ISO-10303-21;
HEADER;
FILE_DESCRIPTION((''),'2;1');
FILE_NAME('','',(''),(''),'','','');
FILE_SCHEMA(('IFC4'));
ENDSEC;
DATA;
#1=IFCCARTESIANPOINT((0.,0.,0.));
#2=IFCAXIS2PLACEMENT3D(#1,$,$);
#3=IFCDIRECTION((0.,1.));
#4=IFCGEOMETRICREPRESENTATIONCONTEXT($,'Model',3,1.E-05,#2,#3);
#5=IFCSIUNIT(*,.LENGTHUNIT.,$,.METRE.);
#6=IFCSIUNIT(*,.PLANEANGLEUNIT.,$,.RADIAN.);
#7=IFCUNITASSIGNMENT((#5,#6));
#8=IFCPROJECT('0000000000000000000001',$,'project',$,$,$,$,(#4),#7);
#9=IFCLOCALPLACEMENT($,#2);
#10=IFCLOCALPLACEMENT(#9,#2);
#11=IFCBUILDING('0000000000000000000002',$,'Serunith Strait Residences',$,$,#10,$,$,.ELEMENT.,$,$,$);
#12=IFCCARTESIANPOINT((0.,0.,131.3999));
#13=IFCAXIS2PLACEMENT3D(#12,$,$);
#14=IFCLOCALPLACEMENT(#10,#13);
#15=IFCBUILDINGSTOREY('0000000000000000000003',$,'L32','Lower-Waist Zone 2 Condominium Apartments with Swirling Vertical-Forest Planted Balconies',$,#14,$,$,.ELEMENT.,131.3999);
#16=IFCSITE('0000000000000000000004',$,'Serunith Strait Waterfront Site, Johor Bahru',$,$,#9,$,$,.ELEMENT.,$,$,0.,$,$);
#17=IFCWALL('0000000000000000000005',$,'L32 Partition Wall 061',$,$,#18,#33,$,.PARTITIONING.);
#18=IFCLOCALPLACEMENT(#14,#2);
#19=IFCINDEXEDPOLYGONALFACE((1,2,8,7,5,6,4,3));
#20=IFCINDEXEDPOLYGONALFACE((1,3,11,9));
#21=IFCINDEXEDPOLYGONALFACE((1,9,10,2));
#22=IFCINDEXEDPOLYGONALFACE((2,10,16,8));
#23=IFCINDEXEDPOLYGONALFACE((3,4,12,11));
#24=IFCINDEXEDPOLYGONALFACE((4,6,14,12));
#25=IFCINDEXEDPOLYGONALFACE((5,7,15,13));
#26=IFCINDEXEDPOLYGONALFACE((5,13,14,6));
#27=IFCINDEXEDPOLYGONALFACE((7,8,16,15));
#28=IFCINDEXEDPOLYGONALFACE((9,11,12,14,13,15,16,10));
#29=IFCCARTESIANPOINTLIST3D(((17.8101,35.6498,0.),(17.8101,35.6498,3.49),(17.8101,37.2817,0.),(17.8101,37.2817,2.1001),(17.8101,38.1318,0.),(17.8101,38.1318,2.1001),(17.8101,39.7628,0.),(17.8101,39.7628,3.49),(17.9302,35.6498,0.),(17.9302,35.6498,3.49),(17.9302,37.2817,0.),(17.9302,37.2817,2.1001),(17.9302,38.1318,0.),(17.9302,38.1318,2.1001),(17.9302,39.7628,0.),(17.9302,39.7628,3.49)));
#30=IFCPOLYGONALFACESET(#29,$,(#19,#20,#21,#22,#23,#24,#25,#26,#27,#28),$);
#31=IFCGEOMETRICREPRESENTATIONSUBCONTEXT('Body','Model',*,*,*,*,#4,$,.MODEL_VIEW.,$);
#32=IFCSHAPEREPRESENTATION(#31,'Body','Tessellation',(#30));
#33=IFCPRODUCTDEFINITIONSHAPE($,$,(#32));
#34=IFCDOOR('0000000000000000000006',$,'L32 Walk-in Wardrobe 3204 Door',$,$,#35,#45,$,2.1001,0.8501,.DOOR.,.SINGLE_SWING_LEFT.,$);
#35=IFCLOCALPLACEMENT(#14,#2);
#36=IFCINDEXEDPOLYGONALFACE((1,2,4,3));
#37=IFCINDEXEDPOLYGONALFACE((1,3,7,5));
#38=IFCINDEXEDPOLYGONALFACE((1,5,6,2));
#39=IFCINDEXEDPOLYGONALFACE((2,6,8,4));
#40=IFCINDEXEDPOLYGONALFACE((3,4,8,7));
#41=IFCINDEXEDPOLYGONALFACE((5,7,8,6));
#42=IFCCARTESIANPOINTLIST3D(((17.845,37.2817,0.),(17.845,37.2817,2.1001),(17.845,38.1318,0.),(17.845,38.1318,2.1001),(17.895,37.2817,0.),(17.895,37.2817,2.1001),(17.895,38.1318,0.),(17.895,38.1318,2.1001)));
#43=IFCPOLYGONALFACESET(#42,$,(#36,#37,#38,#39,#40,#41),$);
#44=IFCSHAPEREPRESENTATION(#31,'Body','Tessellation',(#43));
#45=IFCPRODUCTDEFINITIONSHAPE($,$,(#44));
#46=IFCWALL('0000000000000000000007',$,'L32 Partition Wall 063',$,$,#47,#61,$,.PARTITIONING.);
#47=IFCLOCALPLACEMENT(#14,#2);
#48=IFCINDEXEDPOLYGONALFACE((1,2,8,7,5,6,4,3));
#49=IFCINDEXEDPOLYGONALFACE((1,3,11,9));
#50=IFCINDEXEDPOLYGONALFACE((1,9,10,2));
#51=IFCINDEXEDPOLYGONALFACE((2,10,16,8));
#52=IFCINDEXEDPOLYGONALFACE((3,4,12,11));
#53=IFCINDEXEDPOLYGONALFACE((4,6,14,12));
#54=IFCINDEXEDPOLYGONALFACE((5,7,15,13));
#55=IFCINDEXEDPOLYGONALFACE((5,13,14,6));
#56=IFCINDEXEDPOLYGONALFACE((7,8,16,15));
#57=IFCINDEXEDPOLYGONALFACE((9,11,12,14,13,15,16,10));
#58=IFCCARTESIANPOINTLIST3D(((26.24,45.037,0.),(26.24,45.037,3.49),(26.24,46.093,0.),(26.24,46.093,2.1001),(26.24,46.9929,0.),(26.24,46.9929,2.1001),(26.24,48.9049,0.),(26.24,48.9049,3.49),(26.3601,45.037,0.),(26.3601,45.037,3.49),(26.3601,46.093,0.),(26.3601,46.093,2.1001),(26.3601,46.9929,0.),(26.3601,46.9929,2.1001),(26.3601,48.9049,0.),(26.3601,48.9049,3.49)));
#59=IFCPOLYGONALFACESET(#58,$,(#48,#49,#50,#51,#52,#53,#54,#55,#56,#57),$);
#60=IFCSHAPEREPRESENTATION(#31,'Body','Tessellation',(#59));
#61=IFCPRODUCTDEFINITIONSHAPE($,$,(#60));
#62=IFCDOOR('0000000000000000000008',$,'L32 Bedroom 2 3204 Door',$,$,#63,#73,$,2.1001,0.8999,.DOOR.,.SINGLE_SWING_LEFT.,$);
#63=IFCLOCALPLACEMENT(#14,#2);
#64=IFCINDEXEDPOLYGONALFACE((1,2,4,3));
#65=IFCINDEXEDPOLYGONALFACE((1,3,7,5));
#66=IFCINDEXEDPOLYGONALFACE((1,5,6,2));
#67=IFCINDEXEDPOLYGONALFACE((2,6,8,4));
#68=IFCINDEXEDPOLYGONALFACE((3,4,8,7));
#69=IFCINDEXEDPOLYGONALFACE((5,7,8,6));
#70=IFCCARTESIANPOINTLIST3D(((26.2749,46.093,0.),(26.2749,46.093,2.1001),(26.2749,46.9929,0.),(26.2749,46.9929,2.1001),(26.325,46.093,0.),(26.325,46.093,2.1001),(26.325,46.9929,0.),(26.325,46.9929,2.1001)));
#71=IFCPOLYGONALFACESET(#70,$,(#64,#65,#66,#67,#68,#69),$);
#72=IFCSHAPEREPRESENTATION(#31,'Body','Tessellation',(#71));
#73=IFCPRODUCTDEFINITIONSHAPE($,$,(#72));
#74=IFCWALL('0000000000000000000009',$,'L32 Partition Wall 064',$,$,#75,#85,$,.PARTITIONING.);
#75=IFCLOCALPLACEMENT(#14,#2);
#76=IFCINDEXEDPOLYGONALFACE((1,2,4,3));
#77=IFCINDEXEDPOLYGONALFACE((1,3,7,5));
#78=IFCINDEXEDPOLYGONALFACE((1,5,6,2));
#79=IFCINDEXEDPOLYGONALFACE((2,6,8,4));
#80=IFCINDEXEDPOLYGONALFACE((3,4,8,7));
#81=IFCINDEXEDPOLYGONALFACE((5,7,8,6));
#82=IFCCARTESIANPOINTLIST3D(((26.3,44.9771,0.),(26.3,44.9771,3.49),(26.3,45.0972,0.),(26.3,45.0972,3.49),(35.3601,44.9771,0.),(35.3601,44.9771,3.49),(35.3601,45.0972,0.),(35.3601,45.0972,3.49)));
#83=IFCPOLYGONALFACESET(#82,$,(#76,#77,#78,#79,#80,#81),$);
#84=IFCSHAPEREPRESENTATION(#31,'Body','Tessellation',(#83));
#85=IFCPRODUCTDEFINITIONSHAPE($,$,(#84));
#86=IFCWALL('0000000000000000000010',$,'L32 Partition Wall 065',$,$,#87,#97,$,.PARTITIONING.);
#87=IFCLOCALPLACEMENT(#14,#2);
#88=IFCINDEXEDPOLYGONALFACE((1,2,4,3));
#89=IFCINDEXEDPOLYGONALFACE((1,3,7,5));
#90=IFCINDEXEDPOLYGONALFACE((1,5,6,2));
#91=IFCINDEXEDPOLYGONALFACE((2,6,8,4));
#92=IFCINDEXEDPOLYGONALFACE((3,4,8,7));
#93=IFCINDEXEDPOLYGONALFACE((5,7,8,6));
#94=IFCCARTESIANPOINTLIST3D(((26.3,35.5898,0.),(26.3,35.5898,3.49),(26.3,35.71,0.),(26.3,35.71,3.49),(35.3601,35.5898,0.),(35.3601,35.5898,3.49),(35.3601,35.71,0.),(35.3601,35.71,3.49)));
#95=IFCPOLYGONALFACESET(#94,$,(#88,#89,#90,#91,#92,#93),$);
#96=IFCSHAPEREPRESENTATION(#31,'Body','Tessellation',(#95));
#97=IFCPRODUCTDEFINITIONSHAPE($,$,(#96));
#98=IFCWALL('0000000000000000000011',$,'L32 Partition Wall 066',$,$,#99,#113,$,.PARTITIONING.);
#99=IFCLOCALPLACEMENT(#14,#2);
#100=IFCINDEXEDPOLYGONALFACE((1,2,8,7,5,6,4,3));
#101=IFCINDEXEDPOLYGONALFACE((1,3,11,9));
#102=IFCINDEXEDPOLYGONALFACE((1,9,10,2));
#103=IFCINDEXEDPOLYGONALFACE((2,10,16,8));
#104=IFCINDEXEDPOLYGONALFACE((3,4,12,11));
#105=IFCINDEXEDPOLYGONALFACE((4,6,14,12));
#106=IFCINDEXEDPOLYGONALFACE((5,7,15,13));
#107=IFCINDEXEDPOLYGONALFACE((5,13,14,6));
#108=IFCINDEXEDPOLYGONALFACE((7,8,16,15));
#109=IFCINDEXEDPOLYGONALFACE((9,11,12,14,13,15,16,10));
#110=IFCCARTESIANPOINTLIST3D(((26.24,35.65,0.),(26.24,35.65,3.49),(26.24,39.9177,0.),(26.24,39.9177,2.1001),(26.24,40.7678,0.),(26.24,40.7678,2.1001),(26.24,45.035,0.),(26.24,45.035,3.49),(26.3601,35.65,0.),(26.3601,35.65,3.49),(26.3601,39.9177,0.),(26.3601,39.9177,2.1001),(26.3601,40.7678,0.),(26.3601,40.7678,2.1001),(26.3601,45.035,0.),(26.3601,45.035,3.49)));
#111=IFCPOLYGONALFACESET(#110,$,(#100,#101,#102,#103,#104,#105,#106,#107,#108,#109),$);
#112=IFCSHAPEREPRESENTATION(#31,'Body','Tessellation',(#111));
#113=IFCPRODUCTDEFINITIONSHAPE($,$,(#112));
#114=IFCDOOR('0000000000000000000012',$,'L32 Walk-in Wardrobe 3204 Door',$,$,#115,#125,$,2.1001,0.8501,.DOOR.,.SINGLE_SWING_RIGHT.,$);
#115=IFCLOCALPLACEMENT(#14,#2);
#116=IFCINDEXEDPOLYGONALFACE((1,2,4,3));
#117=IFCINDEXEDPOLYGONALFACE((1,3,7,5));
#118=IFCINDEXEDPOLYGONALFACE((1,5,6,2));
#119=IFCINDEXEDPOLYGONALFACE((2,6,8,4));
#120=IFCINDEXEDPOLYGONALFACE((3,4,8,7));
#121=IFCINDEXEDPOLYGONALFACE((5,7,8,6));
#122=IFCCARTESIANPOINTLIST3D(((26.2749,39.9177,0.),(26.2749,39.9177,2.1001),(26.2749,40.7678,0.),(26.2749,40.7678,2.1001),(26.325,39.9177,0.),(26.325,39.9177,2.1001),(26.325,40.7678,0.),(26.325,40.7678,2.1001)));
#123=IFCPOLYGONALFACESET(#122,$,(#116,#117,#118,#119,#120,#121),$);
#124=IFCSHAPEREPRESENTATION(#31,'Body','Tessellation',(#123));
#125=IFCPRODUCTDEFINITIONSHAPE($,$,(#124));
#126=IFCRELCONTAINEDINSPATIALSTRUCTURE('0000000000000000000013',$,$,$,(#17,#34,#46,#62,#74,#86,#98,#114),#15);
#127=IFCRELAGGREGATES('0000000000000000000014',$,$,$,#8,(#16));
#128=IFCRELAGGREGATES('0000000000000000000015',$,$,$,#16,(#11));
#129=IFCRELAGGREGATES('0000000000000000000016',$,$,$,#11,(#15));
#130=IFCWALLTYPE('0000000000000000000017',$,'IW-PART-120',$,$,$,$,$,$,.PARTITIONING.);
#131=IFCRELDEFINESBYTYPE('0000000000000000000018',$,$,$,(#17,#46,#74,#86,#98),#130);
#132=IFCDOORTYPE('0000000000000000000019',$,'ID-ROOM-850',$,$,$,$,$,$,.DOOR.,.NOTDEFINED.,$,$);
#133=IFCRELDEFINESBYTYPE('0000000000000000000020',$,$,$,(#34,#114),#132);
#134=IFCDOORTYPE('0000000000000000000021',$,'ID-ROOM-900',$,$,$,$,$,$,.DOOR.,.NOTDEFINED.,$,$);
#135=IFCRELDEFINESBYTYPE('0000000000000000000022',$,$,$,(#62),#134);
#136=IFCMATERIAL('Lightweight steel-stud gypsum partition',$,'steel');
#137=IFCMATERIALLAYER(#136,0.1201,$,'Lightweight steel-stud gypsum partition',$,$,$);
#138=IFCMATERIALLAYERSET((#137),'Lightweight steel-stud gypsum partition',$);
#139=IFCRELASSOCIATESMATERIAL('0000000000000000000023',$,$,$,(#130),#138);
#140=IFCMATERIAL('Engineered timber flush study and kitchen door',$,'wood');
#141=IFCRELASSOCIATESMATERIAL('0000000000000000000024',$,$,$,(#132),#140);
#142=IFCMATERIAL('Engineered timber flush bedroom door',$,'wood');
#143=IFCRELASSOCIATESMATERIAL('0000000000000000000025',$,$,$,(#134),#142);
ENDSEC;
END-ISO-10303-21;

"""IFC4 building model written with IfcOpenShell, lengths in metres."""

from ifc_helpers import new_model, si_unit, direction, frame, frame_2d, origin, place, context, subcontext, project, spatial, rectangle, extrude, source, transform, mapped, material, layer, layer_set, type_object, element, fill, save


model = new_model("IFC4")

# Units and contexts
model_context = context("Model", 3, precision=1e-05, world=origin(), true_north=direction((0.0, 1.0)))
body_context = subcontext(model_context, "Body", "Model", "MODEL_VIEW")
ifc_project = project(units=[si_unit("LENGTHUNIT", "METRE"), si_unit("PLANEANGLEUNIT", "RADIAN")], contexts=[model_context])

# Site, building, storey
site_placement = place(None, origin())
site = spatial("IfcSite", under=ifc_project, at=site_placement, Name="Serunith Strait Waterfront Site, Johor Bahru", CompositionType="ELEMENT", RefElevation=0.0)
building_placement = place(site_placement, origin())
building = spatial("IfcBuilding", under=site, at=building_placement, Name="Serunith Strait Residences", CompositionType="ELEMENT")
storey_placement = place(building_placement, frame((0.0, 0.0, 131.3999)))
storey = spatial("IfcBuildingStorey", under=building, at=storey_placement, Name="L32", Description="Lower-Waist Zone 2 Condominium Apartments with Swirling Vertical-Forest Planted Balconies", CompositionType="ELEMENT", Elevation=131.3999)

# Shared definitions
ifc_material_1 = material(Name="Lightweight steel-stud gypsum partition", Category="steel")
ifc_layer_1 = layer(ifc_material_1, 0.1201, Name="Lightweight steel-stud gypsum partition")
ifc_layer_set_1 = layer_set([ifc_layer_1], Name="Lightweight steel-stud gypsum partition")
wall_type = type_object("IfcWallType", Name="IW-PART-120", PredefinedType="PARTITIONING", material=ifc_layer_set_1)
ifc_material_2 = material(Name="Engineered timber flush study and kitchen door", Category="wood")
door_type_1 = type_object("IfcDoorType", Name="ID-ROOM-850", OperationType="NOTDEFINED", PredefinedType="DOOR", material=ifc_material_2)
shared_shape_1 = source(origin(), body_context, "Body", "SweptSolid", [
    extrude(rectangle(XDim=0.8501, YDim=2.1001, at=frame_2d((0.425, 1.05))), frame((0.0, 0.0249, 0.0), z_axis=(0.0, -1.0, 0.0), x_axis=(1.0, 0.0, 0.0)), (0.0, 0.0, 1.0), 0.05),
])

# Walls, openings, doors
ifc_material_3 = material(Name="Engineered timber flush bedroom door", Category="wood")
door_type_2 = type_object("IfcDoorType", Name="ID-ROOM-900", OperationType="NOTDEFINED", PredefinedType="DOOR", material=ifc_material_3)
shared_shape_2 = source(origin(), body_context, "Body", "SweptSolid", [
    extrude(rectangle(XDim=0.8999, YDim=2.1001, at=frame_2d((0.45, 1.05))), frame((0.0, 0.0249, 0.0), z_axis=(0.0, -1.0, 0.0), x_axis=(1.0, 0.0, 0.0)), (0.0, 0.0, 1.0), 0.05),
])
wall_1_placement = place(storey_placement, frame((17.8701, 39.7629, 0.0), z_axis=(0.0, 0.0, 1.0), x_axis=(0.0, -1.0, 0.0)))
wall_1 = element("IfcWall", 1, at=wall_1_placement, inside=storey, type_object=wall_type, Name="L32 Partition Wall 061", PredefinedType="PARTITIONING", context=body_context, shape_type="SweptSolid", body=[
    extrude(rectangle(XDim=4.113, YDim=0.1201, at=frame_2d((2.0566, 0.0))), origin(), (0.0, 0.0, 1.0), 3.49),
])
opening_1_placement = place(wall_1_placement, frame((1.6311, 0.0, 0.0)))
opening_1 = element("IfcOpeningElement", 2, at=opening_1_placement, cuts=wall_1, PredefinedType="OPENING", context=body_context, shape_type="SweptSolid", body=[
    extrude(rectangle(XDim=0.8501, YDim=2.1001, at=frame_2d((0.425, 1.05))), frame((0.0, 0.0701, 0.0), z_axis=(0.0, -1.0, 0.0), x_axis=(1.0, 0.0, 0.0)), (0.0, 0.0, 1.0), 0.1401),
])
door_1_placement = place(opening_1_placement, origin())
door_1 = element("IfcDoor", 3, at=door_1_placement, inside=storey, type_object=door_type_1, Name="L32 Walk-in Wardrobe 3204 Door", OperationType="SINGLE_SWING_LEFT", OverallHeight=2.1001, OverallWidth=0.8501, PredefinedType="DOOR", context=body_context, shape_type="MappedRepresentation", body=[
    mapped(shared_shape_1, transform((0.0, 0.0, 0.0), scale=1.0)),
])
fill(opening_1, door_1)
wall_2_placement = place(storey_placement, frame((26.3, 48.905, 0.0), z_axis=(0.0, 0.0, 1.0), x_axis=(0.0, -1.0, 0.0)))
wall_2 = element("IfcWall", 4, at=wall_2_placement, inside=storey, type_object=wall_type, Name="L32 Partition Wall 063", PredefinedType="PARTITIONING", context=body_context, shape_type="SweptSolid", body=[
    extrude(rectangle(XDim=3.8679, YDim=0.1201, at=frame_2d((1.9341, 0.0))), origin(), (0.0, 0.0, 1.0), 3.49),
])
opening_2_placement = place(wall_2_placement, frame((1.9121, 0.0, 0.0)))
opening_2 = element("IfcOpeningElement", 5, at=opening_2_placement, cuts=wall_2, PredefinedType="OPENING", context=body_context, shape_type="SweptSolid", body=[
    extrude(rectangle(XDim=0.8999, YDim=2.1001, at=frame_2d((0.45, 1.05))), frame((0.0, 0.0701, 0.0), z_axis=(0.0, -1.0, 0.0), x_axis=(1.0, 0.0, 0.0)), (0.0, 0.0, 1.0), 0.1401),
])
door_2_placement = place(opening_2_placement, origin())
door_2 = element("IfcDoor", 6, at=door_2_placement, inside=storey, type_object=door_type_2, Name="L32 Bedroom 2 3204 Door", OperationType="SINGLE_SWING_LEFT", OverallHeight=2.1001, OverallWidth=0.8999, PredefinedType="DOOR", context=body_context, shape_type="MappedRepresentation", body=[
    mapped(shared_shape_2, transform((0.0, 0.0, 0.0), scale=1.0)),
])
fill(opening_2, door_2)

# Walls
for number, where, z_axis, x_axis, name in (
    (7, (26.3, 45.0371, 0.0), (0.0, 0.0, 1.0), (1.0, 0.0, 0.0), "L32 Partition Wall 064"),
    (8, (26.3, 35.6499, 0.0), (0.0, 0.0, 1.0), (1.0, 0.0, 0.0), "L32 Partition Wall 065"),
):
    element("IfcWall", number, at=place(storey_placement, frame(where, z_axis=z_axis, x_axis=x_axis)), inside=storey, type_object=wall_type, Name=name, PredefinedType="PARTITIONING", context=body_context, shape_type="SweptSolid", body=[
        extrude(rectangle(XDim=9.0601, YDim=0.1201, at=frame_2d((4.53, 0.0))), origin(), (0.0, 0.0, 1.0), 3.49),
    ])

# Wall, opening, door
wall_3_placement = place(storey_placement, frame((26.3, 45.0349, 0.0), z_axis=(0.0, 0.0, 1.0), x_axis=(0.0, -1.0, 0.0)))
wall_3 = element("IfcWall", 9, at=wall_3_placement, inside=storey, type_object=wall_type, Name="L32 Partition Wall 066", PredefinedType="PARTITIONING", context=body_context, shape_type="SweptSolid", body=[
    extrude(rectangle(XDim=9.385, YDim=0.1201, at=frame_2d((4.6924, 0.0))), origin(), (0.0, 0.0, 1.0), 3.49),
])
opening_3_placement = place(wall_3_placement, frame((4.2671, 0.0, 0.0)))
opening_3 = element("IfcOpeningElement", 10, at=opening_3_placement, cuts=wall_3, PredefinedType="OPENING", context=body_context, shape_type="SweptSolid", body=[
    extrude(rectangle(XDim=0.8501, YDim=2.1001, at=frame_2d((0.425, 1.05))), frame((0.0, 0.0701, 0.0), z_axis=(0.0, -1.0, 0.0), x_axis=(1.0, 0.0, 0.0)), (0.0, 0.0, 1.0), 0.1401),
])
door_3_placement = place(opening_3_placement, origin())
door_3 = element("IfcDoor", 11, at=door_3_placement, inside=storey, type_object=door_type_1, Name="L32 Walk-in Wardrobe 3204 Door", OperationType="SINGLE_SWING_RIGHT", OverallHeight=2.1001, OverallWidth=0.8501, PredefinedType="DOOR", context=body_context, shape_type="MappedRepresentation", body=[
    mapped(shared_shape_1, transform((0.0, 0.0, 0.0), scale=1.0)),
])
fill(opening_3, door_3)

save(model, "model.ifc")
